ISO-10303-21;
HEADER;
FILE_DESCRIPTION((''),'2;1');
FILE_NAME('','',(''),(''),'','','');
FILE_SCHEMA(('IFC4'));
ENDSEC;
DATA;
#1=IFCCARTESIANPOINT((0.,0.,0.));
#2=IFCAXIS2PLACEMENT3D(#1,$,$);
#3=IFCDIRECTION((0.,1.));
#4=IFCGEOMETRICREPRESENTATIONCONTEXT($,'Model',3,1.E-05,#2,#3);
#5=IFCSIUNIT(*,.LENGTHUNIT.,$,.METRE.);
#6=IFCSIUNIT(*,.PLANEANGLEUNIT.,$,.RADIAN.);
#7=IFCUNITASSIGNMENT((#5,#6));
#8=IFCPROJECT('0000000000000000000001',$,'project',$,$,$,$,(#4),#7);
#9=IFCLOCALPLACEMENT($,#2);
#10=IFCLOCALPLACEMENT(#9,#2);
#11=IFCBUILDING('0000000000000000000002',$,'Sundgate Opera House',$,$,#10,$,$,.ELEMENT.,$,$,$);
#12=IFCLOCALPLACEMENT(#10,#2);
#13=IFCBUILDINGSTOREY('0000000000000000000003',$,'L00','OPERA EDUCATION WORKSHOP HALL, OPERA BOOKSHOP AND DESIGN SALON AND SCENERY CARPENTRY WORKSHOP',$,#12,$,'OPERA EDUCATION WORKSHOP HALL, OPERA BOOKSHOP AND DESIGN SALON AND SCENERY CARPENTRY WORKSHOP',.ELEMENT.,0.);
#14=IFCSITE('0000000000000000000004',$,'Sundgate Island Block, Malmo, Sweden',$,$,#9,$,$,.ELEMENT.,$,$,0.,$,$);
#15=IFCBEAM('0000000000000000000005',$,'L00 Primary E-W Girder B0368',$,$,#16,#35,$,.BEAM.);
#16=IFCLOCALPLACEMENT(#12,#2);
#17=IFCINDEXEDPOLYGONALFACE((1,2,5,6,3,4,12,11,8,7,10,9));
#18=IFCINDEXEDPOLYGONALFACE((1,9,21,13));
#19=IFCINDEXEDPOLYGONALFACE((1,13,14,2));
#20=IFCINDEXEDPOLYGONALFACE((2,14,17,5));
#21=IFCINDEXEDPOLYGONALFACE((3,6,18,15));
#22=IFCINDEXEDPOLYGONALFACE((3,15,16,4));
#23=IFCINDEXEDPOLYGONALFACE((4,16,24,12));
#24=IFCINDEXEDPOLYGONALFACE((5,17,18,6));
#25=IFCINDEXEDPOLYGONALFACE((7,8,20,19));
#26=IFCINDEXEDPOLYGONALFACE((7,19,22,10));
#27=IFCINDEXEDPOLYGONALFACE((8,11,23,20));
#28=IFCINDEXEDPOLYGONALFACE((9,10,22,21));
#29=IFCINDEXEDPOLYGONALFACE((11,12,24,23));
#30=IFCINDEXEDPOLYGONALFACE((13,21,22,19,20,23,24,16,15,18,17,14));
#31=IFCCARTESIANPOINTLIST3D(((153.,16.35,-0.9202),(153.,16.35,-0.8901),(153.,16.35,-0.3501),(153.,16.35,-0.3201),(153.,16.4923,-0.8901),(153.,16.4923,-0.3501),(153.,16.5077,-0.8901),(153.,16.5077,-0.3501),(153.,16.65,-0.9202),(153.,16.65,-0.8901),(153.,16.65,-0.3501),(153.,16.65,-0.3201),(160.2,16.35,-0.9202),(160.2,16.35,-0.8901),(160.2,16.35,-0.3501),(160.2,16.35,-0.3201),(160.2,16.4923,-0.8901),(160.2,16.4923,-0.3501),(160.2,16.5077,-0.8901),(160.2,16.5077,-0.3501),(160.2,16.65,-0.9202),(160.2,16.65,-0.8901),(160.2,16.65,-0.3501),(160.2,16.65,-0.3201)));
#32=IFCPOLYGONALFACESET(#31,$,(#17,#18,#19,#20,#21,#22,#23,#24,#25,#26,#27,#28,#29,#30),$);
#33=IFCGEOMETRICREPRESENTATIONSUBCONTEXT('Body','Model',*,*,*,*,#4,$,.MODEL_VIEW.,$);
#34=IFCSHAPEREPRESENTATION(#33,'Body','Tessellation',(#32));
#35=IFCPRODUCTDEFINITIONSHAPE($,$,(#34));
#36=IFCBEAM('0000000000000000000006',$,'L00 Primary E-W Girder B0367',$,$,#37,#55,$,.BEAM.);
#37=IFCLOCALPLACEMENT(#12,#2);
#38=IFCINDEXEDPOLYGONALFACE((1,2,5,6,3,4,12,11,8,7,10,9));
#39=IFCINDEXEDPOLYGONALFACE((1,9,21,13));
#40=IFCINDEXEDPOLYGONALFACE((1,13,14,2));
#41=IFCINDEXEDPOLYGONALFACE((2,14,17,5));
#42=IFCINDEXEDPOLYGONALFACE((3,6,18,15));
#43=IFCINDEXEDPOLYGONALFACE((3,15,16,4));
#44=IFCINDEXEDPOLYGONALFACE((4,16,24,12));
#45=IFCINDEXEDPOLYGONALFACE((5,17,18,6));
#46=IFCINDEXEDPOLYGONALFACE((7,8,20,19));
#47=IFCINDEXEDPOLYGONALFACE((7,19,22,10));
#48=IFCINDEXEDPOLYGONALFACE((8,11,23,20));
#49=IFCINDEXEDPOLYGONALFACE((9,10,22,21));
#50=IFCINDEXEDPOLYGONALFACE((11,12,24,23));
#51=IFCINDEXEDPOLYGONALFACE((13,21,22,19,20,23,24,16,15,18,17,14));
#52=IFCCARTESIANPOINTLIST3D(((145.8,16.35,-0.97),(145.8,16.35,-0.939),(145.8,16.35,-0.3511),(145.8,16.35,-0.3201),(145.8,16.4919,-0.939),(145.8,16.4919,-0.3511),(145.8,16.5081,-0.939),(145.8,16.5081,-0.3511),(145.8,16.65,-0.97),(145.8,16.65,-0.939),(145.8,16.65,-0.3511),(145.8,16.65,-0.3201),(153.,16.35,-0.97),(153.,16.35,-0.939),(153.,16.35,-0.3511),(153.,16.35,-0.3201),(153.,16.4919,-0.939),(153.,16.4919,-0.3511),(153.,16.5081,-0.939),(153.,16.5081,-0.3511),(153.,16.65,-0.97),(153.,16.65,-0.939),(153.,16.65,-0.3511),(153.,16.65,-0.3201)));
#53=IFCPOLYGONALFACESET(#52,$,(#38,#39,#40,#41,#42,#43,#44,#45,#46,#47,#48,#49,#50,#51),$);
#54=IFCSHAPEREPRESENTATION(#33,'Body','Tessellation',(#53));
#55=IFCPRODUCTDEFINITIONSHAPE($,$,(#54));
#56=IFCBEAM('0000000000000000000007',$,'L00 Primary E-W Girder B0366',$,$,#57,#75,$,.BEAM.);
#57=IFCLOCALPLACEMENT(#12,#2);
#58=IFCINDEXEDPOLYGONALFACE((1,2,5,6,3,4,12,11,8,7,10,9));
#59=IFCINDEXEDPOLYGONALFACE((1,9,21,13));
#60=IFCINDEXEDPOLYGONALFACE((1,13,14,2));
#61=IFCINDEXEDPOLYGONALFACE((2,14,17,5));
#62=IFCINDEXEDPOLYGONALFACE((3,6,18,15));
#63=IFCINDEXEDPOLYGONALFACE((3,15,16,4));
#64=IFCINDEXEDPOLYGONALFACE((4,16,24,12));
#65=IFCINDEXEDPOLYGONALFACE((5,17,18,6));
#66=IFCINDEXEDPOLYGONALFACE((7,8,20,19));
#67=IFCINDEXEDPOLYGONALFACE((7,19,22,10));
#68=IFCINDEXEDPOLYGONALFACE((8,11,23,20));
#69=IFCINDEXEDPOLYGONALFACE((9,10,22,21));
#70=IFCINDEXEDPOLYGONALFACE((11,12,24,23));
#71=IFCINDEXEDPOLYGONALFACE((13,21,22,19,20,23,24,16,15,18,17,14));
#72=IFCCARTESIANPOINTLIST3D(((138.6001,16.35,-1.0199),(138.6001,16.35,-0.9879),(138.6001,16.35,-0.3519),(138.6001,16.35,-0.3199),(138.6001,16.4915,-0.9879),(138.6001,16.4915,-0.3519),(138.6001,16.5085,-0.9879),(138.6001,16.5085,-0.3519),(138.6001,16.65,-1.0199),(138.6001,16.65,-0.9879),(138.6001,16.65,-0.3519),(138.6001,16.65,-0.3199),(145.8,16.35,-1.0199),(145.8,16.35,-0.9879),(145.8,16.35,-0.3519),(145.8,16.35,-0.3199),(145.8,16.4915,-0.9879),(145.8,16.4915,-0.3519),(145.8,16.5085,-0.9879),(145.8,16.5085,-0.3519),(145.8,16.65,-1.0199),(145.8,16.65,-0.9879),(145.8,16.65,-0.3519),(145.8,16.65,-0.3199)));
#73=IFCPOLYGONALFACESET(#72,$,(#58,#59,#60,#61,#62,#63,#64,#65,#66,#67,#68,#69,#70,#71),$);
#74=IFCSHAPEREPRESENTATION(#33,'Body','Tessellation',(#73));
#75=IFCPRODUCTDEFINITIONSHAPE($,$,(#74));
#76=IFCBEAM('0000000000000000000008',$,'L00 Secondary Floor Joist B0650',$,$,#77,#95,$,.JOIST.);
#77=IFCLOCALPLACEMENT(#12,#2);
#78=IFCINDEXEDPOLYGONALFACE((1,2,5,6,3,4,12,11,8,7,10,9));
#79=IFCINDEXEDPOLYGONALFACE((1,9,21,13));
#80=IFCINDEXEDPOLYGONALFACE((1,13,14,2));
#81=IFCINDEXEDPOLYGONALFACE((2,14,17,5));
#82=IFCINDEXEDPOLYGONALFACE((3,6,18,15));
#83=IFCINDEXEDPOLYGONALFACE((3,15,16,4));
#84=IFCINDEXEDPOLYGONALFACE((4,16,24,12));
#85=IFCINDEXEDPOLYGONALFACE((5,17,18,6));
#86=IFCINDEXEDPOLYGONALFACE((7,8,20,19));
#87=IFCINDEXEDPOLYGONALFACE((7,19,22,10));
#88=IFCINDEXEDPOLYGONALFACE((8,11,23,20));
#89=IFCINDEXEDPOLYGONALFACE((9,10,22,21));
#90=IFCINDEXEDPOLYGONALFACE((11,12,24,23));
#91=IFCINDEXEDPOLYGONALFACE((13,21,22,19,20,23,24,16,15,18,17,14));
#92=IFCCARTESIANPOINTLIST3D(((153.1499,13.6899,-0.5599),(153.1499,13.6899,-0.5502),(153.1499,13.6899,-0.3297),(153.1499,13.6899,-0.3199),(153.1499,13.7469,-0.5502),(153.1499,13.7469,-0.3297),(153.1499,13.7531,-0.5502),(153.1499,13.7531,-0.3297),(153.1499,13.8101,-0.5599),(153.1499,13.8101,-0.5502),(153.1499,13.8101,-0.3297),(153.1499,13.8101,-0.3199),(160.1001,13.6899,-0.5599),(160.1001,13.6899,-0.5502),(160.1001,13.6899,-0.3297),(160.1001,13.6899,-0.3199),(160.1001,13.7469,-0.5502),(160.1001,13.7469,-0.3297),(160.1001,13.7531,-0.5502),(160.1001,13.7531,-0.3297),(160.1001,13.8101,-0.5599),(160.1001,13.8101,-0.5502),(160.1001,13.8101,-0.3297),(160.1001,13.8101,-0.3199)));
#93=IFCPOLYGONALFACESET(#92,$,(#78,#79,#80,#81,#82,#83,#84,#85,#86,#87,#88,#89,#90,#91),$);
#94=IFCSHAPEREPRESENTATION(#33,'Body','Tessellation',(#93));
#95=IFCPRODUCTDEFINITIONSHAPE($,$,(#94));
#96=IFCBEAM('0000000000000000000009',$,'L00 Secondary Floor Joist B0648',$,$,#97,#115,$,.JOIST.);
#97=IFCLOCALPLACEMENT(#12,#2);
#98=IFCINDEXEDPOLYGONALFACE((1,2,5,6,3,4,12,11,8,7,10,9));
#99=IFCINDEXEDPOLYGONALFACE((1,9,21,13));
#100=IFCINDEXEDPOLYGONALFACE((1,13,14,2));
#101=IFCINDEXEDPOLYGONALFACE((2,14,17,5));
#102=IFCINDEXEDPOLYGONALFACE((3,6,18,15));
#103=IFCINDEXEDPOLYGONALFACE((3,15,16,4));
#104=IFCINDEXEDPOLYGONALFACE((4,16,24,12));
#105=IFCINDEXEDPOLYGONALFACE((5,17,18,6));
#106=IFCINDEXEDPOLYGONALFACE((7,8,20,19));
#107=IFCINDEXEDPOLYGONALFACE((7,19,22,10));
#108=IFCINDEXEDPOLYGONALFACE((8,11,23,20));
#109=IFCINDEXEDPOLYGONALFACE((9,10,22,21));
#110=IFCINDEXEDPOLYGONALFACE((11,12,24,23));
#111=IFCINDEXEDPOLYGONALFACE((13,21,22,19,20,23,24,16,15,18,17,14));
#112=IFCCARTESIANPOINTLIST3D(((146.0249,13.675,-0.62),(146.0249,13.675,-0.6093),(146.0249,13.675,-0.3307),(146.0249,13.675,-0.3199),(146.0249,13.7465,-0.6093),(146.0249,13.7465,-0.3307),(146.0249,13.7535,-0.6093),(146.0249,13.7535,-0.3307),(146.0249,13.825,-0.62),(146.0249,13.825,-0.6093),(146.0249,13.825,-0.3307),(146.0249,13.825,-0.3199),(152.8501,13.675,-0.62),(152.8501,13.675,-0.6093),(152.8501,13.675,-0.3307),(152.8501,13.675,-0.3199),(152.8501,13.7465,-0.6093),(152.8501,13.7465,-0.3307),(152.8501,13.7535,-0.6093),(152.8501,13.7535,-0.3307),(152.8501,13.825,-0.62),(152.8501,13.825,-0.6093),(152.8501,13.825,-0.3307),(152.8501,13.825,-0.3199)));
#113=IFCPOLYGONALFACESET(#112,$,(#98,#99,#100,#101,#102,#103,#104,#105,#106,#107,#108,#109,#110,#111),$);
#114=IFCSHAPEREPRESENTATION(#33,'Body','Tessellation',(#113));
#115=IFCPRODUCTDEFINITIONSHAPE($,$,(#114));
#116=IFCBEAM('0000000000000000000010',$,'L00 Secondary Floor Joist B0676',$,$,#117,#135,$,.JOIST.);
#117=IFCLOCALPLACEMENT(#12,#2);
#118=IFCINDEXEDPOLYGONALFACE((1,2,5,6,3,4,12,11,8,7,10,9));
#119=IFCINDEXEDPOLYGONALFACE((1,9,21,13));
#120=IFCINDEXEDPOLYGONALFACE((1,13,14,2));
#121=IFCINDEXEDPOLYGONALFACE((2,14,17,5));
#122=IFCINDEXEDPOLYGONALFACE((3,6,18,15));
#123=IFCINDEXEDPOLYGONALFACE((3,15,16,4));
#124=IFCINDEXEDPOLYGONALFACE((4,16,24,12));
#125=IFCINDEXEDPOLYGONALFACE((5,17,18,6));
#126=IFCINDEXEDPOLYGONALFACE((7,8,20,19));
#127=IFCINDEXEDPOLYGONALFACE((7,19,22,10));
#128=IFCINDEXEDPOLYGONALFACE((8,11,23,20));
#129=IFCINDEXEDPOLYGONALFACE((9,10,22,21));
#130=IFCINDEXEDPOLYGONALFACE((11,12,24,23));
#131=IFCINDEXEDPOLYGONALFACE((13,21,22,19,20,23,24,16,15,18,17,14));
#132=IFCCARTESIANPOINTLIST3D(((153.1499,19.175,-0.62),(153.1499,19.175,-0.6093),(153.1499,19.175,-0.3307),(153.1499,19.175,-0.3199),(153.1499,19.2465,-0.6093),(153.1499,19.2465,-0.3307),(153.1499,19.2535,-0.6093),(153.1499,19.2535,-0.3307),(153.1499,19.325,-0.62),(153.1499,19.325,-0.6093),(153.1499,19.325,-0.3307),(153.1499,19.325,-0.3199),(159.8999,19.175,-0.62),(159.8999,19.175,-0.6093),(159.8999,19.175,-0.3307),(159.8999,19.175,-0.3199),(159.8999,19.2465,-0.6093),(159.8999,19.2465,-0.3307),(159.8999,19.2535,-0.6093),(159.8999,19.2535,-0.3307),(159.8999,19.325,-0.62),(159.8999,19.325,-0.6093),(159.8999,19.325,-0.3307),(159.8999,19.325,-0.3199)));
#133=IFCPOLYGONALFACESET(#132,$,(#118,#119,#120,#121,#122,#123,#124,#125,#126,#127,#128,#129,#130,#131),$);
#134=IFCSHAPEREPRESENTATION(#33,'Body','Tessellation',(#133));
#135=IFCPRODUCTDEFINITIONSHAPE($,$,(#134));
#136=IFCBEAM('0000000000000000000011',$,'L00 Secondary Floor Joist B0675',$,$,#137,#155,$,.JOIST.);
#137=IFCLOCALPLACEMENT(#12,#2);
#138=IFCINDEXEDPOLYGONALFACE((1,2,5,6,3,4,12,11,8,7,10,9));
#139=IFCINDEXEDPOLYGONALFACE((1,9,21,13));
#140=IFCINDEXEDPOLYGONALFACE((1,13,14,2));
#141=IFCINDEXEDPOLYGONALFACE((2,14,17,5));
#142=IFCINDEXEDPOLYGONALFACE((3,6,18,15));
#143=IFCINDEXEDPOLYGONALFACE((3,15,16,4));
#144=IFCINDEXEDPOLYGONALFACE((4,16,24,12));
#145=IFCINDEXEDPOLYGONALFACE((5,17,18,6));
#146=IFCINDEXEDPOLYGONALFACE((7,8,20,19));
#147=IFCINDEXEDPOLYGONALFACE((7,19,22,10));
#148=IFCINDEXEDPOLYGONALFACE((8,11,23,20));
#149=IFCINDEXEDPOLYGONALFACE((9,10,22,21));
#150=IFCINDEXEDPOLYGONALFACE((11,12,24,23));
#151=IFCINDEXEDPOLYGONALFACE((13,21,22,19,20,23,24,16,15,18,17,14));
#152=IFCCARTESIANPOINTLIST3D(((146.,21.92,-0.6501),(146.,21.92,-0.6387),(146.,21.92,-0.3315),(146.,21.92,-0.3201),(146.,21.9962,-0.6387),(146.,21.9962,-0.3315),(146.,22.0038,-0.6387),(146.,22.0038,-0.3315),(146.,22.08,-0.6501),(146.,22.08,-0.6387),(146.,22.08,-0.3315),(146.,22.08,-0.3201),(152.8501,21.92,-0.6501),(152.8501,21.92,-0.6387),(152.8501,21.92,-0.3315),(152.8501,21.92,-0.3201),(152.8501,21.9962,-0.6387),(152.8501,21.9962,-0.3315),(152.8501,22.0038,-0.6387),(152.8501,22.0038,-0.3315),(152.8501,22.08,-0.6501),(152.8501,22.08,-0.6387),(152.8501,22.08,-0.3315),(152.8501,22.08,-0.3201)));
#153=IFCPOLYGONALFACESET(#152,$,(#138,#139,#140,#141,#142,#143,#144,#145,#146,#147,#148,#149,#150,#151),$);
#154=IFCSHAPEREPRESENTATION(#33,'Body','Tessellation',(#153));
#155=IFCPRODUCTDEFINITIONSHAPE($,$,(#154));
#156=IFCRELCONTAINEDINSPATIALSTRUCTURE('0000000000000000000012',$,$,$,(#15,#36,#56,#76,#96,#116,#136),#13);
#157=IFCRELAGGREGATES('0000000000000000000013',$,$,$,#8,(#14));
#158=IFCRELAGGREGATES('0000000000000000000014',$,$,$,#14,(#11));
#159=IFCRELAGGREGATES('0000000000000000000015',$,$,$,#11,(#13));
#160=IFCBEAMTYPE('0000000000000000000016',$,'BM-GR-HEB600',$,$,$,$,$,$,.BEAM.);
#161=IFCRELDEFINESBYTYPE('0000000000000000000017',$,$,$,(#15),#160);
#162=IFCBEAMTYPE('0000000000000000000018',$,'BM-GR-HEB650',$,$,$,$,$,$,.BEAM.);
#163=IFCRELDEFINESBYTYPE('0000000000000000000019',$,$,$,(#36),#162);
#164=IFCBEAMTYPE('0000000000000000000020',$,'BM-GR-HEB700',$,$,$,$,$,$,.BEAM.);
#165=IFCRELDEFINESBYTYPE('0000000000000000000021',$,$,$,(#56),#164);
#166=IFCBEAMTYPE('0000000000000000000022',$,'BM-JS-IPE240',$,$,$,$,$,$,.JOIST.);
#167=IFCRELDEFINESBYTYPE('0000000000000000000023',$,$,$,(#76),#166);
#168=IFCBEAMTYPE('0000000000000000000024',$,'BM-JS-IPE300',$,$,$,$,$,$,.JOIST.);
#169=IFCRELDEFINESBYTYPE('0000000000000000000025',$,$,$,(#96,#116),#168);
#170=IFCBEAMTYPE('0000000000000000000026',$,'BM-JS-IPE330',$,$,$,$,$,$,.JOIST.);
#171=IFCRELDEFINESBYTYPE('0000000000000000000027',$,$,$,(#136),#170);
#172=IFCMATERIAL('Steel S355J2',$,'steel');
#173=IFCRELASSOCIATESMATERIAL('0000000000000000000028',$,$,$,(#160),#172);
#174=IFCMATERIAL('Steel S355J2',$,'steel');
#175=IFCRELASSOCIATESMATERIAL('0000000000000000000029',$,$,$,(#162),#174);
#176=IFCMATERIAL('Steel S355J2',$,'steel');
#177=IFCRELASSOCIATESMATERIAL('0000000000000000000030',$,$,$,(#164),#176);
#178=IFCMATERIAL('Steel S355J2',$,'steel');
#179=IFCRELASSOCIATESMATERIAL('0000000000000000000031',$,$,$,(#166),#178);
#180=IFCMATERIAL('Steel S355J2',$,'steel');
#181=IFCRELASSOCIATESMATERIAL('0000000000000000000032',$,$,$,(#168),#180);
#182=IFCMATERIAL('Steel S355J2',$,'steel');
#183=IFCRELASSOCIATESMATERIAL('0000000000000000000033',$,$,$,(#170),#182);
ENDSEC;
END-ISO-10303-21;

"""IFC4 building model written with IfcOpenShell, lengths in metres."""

from ifc_helpers import new_model, si_unit, direction, frame, origin, origin_2d, place, context, subcontext, project, spatial, i_section, extrude, material, material_profile, profile_set, type_object, element, save


model = new_model("IFC4")

# Units and contexts
model_context = context("Model", 3, precision=1e-05, world=origin(), true_north=direction((0.0, 1.0)))
body_context = subcontext(model_context, "Body", "Model", "MODEL_VIEW")
ifc_project = project(units=[si_unit("LENGTHUNIT", "METRE"), si_unit("PLANEANGLEUNIT", "RADIAN")], contexts=[model_context])

# Site, building, storey
site_placement = place(None, origin())
site = spatial("IfcSite", under=ifc_project, at=site_placement, Name="Sundgate Island Block, Malmo, Sweden", CompositionType="ELEMENT", RefElevation=0.0)
building_placement = place(site_placement, origin())
building = spatial("IfcBuilding", under=site, at=building_placement, Name="Sundgate Opera House", CompositionType="ELEMENT")
storey_placement = place(building_placement, origin())
storey = spatial("IfcBuildingStorey", under=building, at=storey_placement, Name="L00", Description="OPERA EDUCATION WORKSHOP HALL, OPERA BOOKSHOP AND DESIGN SALON AND SCENERY CARPENTRY WORKSHOP", LongName="OPERA EDUCATION WORKSHOP HALL, OPERA BOOKSHOP AND DESIGN SALON AND SCENERY CARPENTRY WORKSHOP", CompositionType="ELEMENT", Elevation=0.0)

# Beams
ifc_material_1 = material(Name="Steel S355J2", Category="steel")
ifc_material_profile_1 = material_profile(ifc_material_1, i_section(OverallWidth=0.3, OverallDepth=0.6001, WebThickness=0.0154, FlangeThickness=0.03, at=origin_2d()), Name="HEB 600")
ifc_profile_set_1 = profile_set([ifc_material_profile_1], Name="Steel S355J2")
beam_type_1 = type_object("IfcBeamType", Name="BM-GR-HEB600", PredefinedType="BEAM", material=ifc_profile_set_1)
beam_1_placement = place(storey_placement, frame((153.0, 16.5, -0.6201), z_axis=(1.0, 0.0, 0.0), x_axis=(0.0, 1.0, 0.0)))
element("IfcBeam", 1, at=beam_1_placement, inside=storey, type_object=beam_type_1, Name="L00 Primary E-W Girder B0368", PredefinedType="BEAM", context=body_context, shape_type="SweptSolid", body=[
    extrude(i_section(OverallWidth=0.3, OverallDepth=0.6001, WebThickness=0.0154, FlangeThickness=0.03, at=origin_2d()), origin(), (0.0, 0.0, 1.0), 7.2),
])
ifc_material_2 = material(Name="Steel S355J2", Category="steel")
ifc_material_profile_2 = material_profile(ifc_material_2, i_section(OverallWidth=0.3, OverallDepth=0.6499, WebThickness=0.0161, FlangeThickness=0.031, at=origin_2d()), Name="HEB 650")
ifc_profile_set_2 = profile_set([ifc_material_profile_2], Name="Steel S355J2")
beam_type_2 = type_object("IfcBeamType", Name="BM-GR-HEB650", PredefinedType="BEAM", material=ifc_profile_set_2)
beam_2_placement = place(storey_placement, frame((145.8, 16.5, -0.645), z_axis=(1.0, 0.0, 0.0), x_axis=(0.0, 1.0, 0.0)))
element("IfcBeam", 2, at=beam_2_placement, inside=storey, type_object=beam_type_2, Name="L00 Primary E-W Girder B0367", PredefinedType="BEAM", context=body_context, shape_type="SweptSolid", body=[
    extrude(i_section(OverallWidth=0.3, OverallDepth=0.6499, WebThickness=0.0161, FlangeThickness=0.031, at=origin_2d()), origin(), (0.0, 0.0, 1.0), 7.2),
])
ifc_material_3 = material(Name="Steel S355J2", Category="steel")
ifc_material_profile_3 = material_profile(ifc_material_3, i_section(OverallWidth=0.3, OverallDepth=0.7, WebThickness=0.0171, FlangeThickness=0.032, at=origin_2d()), Name="HEB 700")
ifc_profile_set_3 = profile_set([ifc_material_profile_3], Name="Steel S355J2")
beam_type_3 = type_object("IfcBeamType", Name="BM-GR-HEB700", PredefinedType="BEAM", material=ifc_profile_set_3)
beam_3_placement = place(storey_placement, frame((138.6001, 16.5, -0.6699), z_axis=(1.0, 0.0, 0.0), x_axis=(0.0, 1.0, 0.0)))
element("IfcBeam", 3, at=beam_3_placement, inside=storey, type_object=beam_type_3, Name="L00 Primary E-W Girder B0366", PredefinedType="BEAM", context=body_context, shape_type="SweptSolid", body=[
    extrude(i_section(OverallWidth=0.3, OverallDepth=0.7, WebThickness=0.0171, FlangeThickness=0.032, at=origin_2d()), origin(), (0.0, 0.0, 1.0), 7.2),
])
ifc_material_4 = material(Name="Steel S355J2", Category="steel")
ifc_material_profile_4 = material_profile(ifc_material_4, i_section(OverallWidth=0.1201, OverallDepth=0.24, WebThickness=0.0061, FlangeThickness=0.0098, at=origin_2d()), Name="IPE 240")
ifc_profile_set_4 = profile_set([ifc_material_profile_4], Name="Steel S355J2")
beam_type_4 = type_object("IfcBeamType", Name="BM-JS-IPE240", PredefinedType="JOIST", material=ifc_profile_set_4)
beam_4_placement = place(storey_placement, frame((153.1499, 13.75, -0.4399), z_axis=(1.0, 0.0, 0.0), x_axis=(0.0, 1.0, 0.0)))
element("IfcBeam", 4, at=beam_4_placement, inside=storey, type_object=beam_type_4, Name="L00 Secondary Floor Joist B0650", PredefinedType="JOIST", context=body_context, shape_type="SweptSolid", body=[
    extrude(i_section(OverallWidth=0.1201, OverallDepth=0.24, WebThickness=0.0061, FlangeThickness=0.0098, at=origin_2d()), origin(), (0.0, 0.0, 1.0), 6.9502),
])
ifc_material_5 = material(Name="Steel S355J2", Category="steel")
ifc_material_profile_5 = material_profile(ifc_material_5, i_section(OverallWidth=0.1499, OverallDepth=0.3, WebThickness=0.0071, FlangeThickness=0.0107, at=origin_2d()), Name="IPE 300")
ifc_profile_set_5 = profile_set([ifc_material_profile_5], Name="Steel S355J2")
beam_type_5 = type_object("IfcBeamType", Name="BM-JS-IPE300", PredefinedType="JOIST", material=ifc_profile_set_5)
beam_5_placement = place(storey_placement, frame((146.0249, 13.75, -0.47), z_axis=(1.0, 0.0, 0.0), x_axis=(0.0, 1.0, 0.0)))
element("IfcBeam", 5, at=beam_5_placement, inside=storey, type_object=beam_type_5, Name="L00 Secondary Floor Joist B0648", PredefinedType="JOIST", context=body_context, shape_type="SweptSolid", body=[
    extrude(i_section(OverallWidth=0.1499, OverallDepth=0.3, WebThickness=0.0071, FlangeThickness=0.0107, at=origin_2d()), origin(), (0.0, 0.0, 1.0), 6.8252),
])
beam_6_placement = place(storey_placement, frame((153.1499, 19.25, -0.47), z_axis=(1.0, 0.0, 0.0), x_axis=(0.0, 1.0, 0.0)))
element("IfcBeam", 6, at=beam_6_placement, inside=storey, type_object=beam_type_5, Name="L00 Secondary Floor Joist B0676", PredefinedType="JOIST", context=body_context, shape_type="SweptSolid", body=[
    extrude(i_section(OverallWidth=0.1499, OverallDepth=0.3, WebThickness=0.0071, FlangeThickness=0.0107, at=origin_2d()), origin(), (0.0, 0.0, 1.0), 6.75),
])
ifc_material_6 = material(Name="Steel S355J2", Category="steel")
ifc_material_profile_6 = material_profile(ifc_material_6, i_section(OverallWidth=0.1599, OverallDepth=0.3301, WebThickness=0.0076, FlangeThickness=0.0115, at=origin_2d()), Name="IPE 330")
ifc_profile_set_6 = profile_set([ifc_material_profile_6], Name="Steel S355J2")
beam_type_6 = type_object("IfcBeamType", Name="BM-JS-IPE330", PredefinedType="JOIST", material=ifc_profile_set_6)
beam_7_placement = place(storey_placement, frame((146.0, 22.0, -0.4851), z_axis=(1.0, 0.0, 0.0), x_axis=(0.0, 1.0, 0.0)))
element("IfcBeam", 7, at=beam_7_placement, inside=storey, type_object=beam_type_6, Name="L00 Secondary Floor Joist B0675", PredefinedType="JOIST", context=body_context, shape_type="SweptSolid", body=[
    extrude(i_section(OverallWidth=0.1599, OverallDepth=0.3301, WebThickness=0.0076, FlangeThickness=0.0115, at=origin_2d()), origin(), (0.0, 0.0, 1.0), 6.8501),
])

save(model, "model.ifc")
